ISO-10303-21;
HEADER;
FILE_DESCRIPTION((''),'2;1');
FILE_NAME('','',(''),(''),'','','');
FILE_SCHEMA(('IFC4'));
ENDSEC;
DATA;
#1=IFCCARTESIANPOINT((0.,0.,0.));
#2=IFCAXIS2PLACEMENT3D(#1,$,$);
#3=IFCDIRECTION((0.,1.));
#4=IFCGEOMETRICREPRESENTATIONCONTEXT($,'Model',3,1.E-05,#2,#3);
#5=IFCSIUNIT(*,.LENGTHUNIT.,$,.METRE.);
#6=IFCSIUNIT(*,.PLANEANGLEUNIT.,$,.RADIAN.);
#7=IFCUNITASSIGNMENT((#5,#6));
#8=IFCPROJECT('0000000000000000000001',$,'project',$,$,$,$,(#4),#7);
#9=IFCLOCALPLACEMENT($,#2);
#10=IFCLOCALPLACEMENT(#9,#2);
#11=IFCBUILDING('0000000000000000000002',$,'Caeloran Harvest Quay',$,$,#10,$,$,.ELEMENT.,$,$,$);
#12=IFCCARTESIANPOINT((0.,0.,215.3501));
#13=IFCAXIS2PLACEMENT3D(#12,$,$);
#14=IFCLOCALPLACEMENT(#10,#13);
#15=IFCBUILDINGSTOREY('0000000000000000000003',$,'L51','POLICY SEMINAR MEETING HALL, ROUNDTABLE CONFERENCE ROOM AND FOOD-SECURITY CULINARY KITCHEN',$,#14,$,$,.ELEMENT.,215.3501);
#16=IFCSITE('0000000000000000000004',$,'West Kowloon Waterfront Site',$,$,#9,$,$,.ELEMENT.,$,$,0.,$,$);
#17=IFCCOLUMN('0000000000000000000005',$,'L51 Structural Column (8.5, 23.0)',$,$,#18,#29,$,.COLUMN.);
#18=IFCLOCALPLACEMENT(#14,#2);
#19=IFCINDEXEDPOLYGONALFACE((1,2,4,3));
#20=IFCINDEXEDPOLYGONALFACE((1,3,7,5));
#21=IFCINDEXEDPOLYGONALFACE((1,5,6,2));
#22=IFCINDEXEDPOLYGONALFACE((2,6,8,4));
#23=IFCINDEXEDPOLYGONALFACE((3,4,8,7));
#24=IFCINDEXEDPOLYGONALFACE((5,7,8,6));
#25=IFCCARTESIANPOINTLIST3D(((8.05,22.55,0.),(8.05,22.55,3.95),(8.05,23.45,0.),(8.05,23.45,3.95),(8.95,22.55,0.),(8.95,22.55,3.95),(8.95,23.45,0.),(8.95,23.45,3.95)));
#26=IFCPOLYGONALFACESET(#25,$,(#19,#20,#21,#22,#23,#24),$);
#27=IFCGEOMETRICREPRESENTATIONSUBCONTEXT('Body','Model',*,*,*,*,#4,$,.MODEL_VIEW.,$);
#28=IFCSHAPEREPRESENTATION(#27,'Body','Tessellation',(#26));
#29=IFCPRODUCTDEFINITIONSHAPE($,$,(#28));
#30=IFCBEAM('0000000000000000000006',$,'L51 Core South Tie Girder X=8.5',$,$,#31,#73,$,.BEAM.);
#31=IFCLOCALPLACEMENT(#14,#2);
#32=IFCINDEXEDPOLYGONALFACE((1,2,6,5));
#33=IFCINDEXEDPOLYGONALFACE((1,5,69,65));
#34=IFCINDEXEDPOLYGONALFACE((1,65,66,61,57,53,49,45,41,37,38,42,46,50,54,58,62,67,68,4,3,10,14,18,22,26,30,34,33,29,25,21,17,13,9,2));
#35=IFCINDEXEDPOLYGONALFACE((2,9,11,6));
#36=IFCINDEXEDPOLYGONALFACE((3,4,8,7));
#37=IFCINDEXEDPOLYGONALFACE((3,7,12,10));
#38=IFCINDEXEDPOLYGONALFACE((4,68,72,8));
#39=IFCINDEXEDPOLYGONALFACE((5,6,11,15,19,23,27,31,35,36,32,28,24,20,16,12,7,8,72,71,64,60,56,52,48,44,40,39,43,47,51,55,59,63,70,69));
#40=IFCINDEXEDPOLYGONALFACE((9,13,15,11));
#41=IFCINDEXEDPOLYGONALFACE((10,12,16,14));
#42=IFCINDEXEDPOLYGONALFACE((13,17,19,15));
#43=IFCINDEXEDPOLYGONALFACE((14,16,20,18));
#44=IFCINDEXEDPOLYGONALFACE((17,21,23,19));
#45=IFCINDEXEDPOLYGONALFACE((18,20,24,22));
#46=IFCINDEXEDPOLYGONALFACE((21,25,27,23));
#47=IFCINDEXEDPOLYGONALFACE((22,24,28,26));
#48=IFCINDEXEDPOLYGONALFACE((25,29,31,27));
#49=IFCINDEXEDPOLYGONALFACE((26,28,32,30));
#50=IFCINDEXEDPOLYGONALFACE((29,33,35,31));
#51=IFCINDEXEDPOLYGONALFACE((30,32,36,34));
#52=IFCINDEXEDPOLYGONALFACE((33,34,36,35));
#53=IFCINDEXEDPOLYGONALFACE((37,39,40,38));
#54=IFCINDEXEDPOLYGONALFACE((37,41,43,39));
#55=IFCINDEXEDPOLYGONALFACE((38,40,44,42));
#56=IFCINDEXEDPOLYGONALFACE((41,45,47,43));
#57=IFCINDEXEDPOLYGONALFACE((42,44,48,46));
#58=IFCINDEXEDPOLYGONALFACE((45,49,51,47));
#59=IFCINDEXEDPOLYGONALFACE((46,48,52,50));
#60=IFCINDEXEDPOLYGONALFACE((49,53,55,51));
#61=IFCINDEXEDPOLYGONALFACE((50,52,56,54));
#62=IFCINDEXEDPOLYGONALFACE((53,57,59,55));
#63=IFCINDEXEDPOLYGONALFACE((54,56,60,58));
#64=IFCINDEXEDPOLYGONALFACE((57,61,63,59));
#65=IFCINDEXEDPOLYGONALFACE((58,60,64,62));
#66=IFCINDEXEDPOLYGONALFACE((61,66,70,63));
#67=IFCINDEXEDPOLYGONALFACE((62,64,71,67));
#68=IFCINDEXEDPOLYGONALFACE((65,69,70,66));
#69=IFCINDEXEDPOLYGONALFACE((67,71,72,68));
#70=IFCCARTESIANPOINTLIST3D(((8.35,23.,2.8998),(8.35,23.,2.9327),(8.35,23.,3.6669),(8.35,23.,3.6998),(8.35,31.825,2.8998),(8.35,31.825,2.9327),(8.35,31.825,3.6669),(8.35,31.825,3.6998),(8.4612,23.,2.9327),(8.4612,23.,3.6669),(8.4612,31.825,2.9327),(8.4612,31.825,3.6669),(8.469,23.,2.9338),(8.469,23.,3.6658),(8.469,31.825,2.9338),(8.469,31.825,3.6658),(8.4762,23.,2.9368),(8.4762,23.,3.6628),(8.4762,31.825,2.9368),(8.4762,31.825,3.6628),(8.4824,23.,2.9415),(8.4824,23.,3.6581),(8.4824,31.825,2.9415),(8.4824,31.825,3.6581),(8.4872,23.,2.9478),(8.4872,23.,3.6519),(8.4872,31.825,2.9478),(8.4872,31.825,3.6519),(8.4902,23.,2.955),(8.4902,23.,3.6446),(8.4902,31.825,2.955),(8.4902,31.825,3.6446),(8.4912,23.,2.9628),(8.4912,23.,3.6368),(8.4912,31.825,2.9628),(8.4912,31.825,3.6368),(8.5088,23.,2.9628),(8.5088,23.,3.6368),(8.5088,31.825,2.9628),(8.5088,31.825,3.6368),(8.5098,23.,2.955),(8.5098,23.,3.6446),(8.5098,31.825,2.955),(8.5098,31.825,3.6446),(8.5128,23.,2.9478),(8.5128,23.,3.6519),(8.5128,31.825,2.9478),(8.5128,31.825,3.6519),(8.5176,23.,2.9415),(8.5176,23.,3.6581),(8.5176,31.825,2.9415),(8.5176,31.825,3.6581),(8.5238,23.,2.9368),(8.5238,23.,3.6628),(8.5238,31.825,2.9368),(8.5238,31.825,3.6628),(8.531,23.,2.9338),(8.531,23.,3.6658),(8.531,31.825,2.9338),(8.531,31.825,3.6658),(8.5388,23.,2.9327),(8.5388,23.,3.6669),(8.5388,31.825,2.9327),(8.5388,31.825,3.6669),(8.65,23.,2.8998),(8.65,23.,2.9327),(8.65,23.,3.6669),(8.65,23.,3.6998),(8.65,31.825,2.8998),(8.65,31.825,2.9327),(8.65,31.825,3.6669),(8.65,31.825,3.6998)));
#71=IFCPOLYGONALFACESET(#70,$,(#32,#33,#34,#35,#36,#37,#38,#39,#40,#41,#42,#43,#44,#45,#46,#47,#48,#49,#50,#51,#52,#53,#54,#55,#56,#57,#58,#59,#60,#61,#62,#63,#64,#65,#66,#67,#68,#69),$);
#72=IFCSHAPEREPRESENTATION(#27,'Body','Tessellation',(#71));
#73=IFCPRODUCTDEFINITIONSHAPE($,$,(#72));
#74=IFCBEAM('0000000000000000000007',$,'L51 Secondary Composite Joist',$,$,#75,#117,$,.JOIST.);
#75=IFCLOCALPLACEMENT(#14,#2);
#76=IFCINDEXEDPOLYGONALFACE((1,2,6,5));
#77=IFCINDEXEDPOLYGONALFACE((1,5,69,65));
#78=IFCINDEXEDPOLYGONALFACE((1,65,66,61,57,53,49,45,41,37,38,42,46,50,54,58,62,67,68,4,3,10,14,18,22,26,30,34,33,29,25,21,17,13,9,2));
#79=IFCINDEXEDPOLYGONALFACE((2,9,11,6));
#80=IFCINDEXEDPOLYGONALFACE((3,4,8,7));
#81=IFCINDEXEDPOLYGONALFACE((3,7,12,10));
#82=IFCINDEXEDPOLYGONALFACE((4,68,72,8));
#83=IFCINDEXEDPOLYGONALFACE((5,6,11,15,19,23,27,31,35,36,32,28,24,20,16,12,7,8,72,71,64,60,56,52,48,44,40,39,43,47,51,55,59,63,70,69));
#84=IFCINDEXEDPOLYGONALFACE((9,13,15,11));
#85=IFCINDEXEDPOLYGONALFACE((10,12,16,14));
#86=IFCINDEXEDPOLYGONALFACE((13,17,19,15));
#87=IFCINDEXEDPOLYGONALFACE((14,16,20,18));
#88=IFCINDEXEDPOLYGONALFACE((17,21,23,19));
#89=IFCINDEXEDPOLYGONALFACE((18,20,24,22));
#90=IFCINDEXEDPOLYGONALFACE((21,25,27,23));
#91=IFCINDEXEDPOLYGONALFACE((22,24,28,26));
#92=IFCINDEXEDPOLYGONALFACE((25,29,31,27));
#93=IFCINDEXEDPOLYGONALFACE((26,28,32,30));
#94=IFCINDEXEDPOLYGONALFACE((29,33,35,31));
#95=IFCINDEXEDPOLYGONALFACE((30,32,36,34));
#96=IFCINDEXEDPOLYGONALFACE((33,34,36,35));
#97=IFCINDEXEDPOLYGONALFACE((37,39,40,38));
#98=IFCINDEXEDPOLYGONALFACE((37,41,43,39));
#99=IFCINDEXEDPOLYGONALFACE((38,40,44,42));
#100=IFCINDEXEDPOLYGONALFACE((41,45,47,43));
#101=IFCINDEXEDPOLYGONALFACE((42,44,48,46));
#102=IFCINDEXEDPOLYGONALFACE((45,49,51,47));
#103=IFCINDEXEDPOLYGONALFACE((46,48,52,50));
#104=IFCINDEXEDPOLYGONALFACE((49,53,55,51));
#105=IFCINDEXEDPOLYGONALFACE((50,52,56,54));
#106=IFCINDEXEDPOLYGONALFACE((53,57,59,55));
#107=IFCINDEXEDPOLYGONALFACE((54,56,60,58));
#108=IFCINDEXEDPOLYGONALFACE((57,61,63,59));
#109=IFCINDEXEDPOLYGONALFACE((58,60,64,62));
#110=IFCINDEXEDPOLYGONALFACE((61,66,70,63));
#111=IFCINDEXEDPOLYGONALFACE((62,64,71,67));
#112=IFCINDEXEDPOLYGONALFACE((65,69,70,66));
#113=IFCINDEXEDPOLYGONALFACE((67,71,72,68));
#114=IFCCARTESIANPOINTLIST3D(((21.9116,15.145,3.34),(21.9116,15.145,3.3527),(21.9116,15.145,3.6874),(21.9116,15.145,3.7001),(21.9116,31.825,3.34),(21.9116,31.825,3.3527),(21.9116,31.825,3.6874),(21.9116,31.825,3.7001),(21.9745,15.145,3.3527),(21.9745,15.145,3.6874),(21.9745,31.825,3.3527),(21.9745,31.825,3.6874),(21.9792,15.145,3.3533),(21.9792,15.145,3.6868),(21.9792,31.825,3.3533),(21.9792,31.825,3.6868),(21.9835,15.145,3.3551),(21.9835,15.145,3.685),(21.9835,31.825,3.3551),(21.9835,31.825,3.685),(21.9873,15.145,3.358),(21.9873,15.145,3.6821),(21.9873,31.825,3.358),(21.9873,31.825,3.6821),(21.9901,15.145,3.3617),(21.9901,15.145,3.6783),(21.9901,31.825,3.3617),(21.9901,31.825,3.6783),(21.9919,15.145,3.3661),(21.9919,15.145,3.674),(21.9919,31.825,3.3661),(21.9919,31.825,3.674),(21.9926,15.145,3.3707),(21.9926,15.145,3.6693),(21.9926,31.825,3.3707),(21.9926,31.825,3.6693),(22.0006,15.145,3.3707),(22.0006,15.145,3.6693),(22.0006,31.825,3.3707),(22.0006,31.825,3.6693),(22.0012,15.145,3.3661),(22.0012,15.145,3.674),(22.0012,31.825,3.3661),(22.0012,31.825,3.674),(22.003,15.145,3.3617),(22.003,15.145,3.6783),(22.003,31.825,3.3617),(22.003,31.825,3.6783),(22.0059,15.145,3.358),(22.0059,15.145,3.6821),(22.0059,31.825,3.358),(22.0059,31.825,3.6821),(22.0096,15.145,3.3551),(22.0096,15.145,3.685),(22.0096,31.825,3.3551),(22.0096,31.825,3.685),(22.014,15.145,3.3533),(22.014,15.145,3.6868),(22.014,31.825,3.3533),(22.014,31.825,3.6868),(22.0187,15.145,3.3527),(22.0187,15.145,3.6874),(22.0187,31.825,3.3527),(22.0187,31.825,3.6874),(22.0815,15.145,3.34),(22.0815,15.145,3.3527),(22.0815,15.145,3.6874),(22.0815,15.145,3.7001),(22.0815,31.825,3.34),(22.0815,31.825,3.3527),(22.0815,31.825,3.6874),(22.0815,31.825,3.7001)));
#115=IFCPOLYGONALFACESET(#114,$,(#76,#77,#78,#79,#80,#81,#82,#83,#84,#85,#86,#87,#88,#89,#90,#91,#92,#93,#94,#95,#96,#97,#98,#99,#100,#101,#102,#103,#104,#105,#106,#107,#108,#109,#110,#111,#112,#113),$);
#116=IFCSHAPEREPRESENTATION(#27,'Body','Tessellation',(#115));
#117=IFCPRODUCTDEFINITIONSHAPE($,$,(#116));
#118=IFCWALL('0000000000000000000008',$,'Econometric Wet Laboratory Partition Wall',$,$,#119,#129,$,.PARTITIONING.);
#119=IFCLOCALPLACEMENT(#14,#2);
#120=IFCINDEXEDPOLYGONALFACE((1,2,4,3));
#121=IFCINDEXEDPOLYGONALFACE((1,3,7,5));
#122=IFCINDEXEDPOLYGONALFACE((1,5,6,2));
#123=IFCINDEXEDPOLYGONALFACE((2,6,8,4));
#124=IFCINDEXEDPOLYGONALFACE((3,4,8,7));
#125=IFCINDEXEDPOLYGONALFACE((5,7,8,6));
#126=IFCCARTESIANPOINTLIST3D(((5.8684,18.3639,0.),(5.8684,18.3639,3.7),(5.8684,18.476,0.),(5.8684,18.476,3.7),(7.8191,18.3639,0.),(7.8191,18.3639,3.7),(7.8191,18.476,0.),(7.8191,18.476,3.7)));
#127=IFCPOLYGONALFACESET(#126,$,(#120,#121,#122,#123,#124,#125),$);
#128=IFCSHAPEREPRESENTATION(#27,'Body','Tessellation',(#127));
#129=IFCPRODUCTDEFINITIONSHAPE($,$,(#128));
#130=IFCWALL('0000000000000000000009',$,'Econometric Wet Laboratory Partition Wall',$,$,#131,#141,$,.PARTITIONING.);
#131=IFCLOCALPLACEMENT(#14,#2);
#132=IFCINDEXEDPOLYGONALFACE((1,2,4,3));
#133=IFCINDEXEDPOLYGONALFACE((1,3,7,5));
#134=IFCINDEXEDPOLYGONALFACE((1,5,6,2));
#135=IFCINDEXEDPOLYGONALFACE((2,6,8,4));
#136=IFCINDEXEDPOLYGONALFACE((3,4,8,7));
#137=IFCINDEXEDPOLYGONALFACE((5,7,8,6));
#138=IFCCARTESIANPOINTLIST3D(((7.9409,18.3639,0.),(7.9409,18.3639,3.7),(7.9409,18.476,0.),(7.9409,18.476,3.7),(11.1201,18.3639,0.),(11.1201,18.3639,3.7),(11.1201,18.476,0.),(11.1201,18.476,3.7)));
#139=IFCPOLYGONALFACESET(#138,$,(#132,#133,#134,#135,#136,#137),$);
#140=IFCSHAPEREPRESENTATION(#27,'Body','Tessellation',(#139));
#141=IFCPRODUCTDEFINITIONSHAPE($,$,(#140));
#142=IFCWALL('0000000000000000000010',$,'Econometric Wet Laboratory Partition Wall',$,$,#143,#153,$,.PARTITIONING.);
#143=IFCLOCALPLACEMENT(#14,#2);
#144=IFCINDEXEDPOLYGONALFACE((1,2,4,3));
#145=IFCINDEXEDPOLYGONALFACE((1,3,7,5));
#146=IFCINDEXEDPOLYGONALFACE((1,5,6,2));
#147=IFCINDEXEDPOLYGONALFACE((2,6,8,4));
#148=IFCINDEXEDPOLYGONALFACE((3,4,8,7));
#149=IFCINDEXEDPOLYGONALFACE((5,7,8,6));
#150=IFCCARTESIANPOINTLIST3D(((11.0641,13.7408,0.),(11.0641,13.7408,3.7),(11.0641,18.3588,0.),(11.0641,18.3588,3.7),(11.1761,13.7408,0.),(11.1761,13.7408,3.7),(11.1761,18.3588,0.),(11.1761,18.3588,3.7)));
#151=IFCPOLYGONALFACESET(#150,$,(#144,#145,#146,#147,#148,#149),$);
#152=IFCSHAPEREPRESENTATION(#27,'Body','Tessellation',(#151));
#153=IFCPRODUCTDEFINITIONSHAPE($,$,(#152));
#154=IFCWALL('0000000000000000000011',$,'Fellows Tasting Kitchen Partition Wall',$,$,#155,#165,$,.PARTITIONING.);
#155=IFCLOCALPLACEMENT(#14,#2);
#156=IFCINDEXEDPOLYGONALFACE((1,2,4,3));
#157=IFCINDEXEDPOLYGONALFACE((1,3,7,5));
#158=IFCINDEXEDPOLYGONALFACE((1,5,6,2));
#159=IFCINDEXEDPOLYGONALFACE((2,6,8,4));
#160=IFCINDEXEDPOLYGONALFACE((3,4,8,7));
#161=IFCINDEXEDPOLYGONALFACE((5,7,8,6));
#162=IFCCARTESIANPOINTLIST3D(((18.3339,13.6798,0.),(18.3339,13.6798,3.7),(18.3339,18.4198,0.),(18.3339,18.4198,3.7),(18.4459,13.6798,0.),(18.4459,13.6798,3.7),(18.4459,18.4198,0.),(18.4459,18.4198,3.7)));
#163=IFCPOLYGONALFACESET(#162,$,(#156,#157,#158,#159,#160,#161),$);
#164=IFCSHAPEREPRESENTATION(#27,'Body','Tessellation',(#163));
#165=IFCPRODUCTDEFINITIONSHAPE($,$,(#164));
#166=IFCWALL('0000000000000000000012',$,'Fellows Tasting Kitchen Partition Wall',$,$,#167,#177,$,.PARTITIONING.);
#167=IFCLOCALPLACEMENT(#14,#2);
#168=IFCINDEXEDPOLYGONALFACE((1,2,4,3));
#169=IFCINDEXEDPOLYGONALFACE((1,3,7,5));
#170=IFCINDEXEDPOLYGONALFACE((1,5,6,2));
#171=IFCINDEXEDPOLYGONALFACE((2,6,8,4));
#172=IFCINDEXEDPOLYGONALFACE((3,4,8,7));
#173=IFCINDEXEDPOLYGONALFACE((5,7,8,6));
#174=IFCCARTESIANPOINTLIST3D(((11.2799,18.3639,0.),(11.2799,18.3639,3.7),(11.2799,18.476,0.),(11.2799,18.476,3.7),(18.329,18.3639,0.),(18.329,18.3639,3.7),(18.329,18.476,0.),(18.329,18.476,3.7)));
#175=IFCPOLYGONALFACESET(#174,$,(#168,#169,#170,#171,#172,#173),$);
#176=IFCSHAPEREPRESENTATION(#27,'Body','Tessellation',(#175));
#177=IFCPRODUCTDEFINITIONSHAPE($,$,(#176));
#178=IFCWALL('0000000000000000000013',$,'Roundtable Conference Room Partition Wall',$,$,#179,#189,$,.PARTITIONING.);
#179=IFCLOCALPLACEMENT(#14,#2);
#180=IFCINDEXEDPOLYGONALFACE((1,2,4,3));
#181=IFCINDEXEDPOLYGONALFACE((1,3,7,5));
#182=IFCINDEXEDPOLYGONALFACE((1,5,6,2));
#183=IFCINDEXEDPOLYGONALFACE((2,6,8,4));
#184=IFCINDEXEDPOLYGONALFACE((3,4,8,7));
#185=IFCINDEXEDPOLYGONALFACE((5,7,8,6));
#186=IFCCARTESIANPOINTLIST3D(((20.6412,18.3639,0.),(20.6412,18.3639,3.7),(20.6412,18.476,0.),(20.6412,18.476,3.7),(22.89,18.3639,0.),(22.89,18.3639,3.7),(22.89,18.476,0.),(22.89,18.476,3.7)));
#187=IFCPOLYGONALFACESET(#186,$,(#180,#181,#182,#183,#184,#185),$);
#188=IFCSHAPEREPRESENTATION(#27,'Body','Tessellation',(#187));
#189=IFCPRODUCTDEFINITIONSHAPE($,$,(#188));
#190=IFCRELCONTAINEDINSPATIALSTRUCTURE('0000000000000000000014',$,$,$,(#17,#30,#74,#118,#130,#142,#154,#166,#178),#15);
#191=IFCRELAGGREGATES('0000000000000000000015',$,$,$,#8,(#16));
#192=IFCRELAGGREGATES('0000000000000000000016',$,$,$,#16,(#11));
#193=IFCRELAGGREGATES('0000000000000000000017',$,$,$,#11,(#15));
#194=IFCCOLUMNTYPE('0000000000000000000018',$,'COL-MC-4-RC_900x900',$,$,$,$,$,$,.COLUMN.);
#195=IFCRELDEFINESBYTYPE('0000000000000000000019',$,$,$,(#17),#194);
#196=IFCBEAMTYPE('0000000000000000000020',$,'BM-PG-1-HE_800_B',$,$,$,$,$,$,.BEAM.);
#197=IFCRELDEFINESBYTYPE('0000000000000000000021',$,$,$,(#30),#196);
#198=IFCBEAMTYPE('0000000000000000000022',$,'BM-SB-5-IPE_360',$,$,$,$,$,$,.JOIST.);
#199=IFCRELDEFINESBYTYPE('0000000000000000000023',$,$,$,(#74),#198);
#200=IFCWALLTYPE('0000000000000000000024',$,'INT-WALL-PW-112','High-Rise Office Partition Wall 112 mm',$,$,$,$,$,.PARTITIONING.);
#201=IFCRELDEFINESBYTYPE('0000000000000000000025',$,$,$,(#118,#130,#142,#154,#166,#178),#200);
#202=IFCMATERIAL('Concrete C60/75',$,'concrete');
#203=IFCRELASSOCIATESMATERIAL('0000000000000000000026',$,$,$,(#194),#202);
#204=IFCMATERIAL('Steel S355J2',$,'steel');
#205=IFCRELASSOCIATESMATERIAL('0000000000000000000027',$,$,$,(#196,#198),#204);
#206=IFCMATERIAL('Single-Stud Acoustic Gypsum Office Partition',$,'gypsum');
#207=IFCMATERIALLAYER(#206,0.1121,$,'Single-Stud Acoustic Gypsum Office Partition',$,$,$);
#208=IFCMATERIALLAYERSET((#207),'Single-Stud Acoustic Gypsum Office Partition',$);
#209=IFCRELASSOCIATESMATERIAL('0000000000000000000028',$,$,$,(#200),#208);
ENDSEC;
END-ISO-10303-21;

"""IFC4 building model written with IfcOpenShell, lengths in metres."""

from ifc_helpers import new_model, si_unit, direction, frame, frame_2d, origin, origin_2d, place, context, subcontext, project, spatial, rectangle, i_section, extrude, material, layer, layer_set, material_profile, profile_set, type_object, element, save


model = new_model("IFC4")

# Units and contexts
model_context = context("Model", 3, precision=1e-05, world=origin(), true_north=direction((0.0, 1.0)))
body_context = subcontext(model_context, "Body", "Model", "MODEL_VIEW")
ifc_project = project(units=[si_unit("LENGTHUNIT", "METRE"), si_unit("PLANEANGLEUNIT", "RADIAN")], contexts=[model_context])

# Site, building, storey
site_placement = place(None, origin())
site = spatial("IfcSite", under=ifc_project, at=site_placement, Name="West Kowloon Waterfront Site", CompositionType="ELEMENT", RefElevation=0.0)
building_placement = place(site_placement, origin())
building = spatial("IfcBuilding", under=site, at=building_placement, Name="Caeloran Harvest Quay", CompositionType="ELEMENT")
storey_placement = place(building_placement, frame((0.0, 0.0, 215.3501)))
storey = spatial("IfcBuildingStorey", under=building, at=storey_placement, Name="L51", Description="POLICY SEMINAR MEETING HALL, ROUNDTABLE CONFERENCE ROOM AND FOOD-SECURITY CULINARY KITCHEN", CompositionType="ELEMENT", Elevation=215.3501)

# Column
ifc_material_1 = material(Name="Concrete C60/75", Category="concrete")
ifc_material_profile_1 = material_profile(ifc_material_1, rectangle(XDim=0.8999, YDim=0.8999, at=origin_2d()), Name="RC 900x900")
ifc_profile_set_1 = profile_set([ifc_material_profile_1], Name="Concrete C60/75")
column_type = type_object("IfcColumnType", Name="COL-MC-4-RC_900x900", PredefinedType="COLUMN", material=ifc_profile_set_1)
column_placement = place(storey_placement, frame((8.5, 23.0, 0.0), z_axis=(0.0, 0.0, 1.0), x_axis=(1.0, 0.0, 0.0)))
element("IfcColumn", 1, at=column_placement, inside=storey, type_object=column_type, Name="L51 Structural Column (8.5, 23.0)", PredefinedType="COLUMN", context=body_context, shape_type="SweptSolid", body=[
    extrude(rectangle(XDim=0.8999, YDim=0.8999, at=origin_2d()), origin(), (0.0, 0.0, 1.0), 3.95),
])

# Beams
ifc_material_2 = material(Name="Steel S355J2", Category="steel")
ifc_material_profile_2 = material_profile(ifc_material_2, i_section(OverallWidth=0.3, OverallDepth=0.8, WebThickness=0.0176, FlangeThickness=0.033, FilletRadius=0.03, at=origin_2d()), Name="HE 800 B")
ifc_profile_set_2 = profile_set([ifc_material_profile_2], Name="Steel S355J2")
beam_type_1 = type_object("IfcBeamType", Name="BM-PG-1-HE_800_B", PredefinedType="BEAM", material=ifc_profile_set_2)
beam_1_placement = place(storey_placement, frame((8.5, 23.0, 3.2998), z_axis=(0.0, 1.0, 0.0), x_axis=(-1.0, 0.0, 0.0)))
element("IfcBeam", 2, at=beam_1_placement, inside=storey, type_object=beam_type_1, Name="L51 Core South Tie Girder X=8.5", PredefinedType="BEAM", context=body_context, shape_type="SweptSolid", body=[
    extrude(i_section(OverallWidth=0.3, OverallDepth=0.8, WebThickness=0.0176, FlangeThickness=0.033, FilletRadius=0.03, at=origin_2d()), origin(), (0.0, 0.0, 1.0), 8.825),
])
ifc_material_profile_3 = material_profile(ifc_material_2, i_section(OverallWidth=0.1699, OverallDepth=0.3601, WebThickness=0.0081, FlangeThickness=0.0127, FilletRadius=0.0181, at=origin_2d()), Name="IPE 360")
ifc_profile_set_3 = profile_set([ifc_material_profile_3], Name="Steel S355J2")
beam_type_2 = type_object("IfcBeamType", Name="BM-SB-5-IPE_360", PredefinedType="JOIST", material=ifc_profile_set_3)
beam_2_placement = place(storey_placement, frame((21.9966, 15.145, 3.52), z_axis=(0.0, 1.0, 0.0), x_axis=(-1.0, 0.0, 0.0)))
element("IfcBeam", 3, at=beam_2_placement, inside=storey, type_object=beam_type_2, Name="L51 Secondary Composite Joist", PredefinedType="JOIST", context=body_context, shape_type="SweptSolid", body=[
    extrude(i_section(OverallWidth=0.1699, OverallDepth=0.3601, WebThickness=0.0081, FlangeThickness=0.0127, FilletRadius=0.0181, at=origin_2d()), origin(), (0.0, 0.0, 1.0), 16.6799),
])

# Walls
ifc_material_3 = material(Name="Single-Stud Acoustic Gypsum Office Partition", Category="gypsum")
ifc_layer_1 = layer(ifc_material_3, 0.1121, Name="Single-Stud Acoustic Gypsum Office Partition")
ifc_layer_set_1 = layer_set([ifc_layer_1], Name="Single-Stud Acoustic Gypsum Office Partition")
wall_type_1 = type_object("IfcWallType", Name="INT-WALL-PW-112", Description="High-Rise Office Partition Wall 112 mm", PredefinedType="PARTITIONING", material=ifc_layer_set_1)
wall_1_placement = place(storey_placement, frame((5.8684, 18.4199, 0.0), z_axis=(0.0, 0.0, 1.0), x_axis=(1.0, 0.0, 0.0)))
element("IfcWall", 4, at=wall_1_placement, inside=storey, type_object=wall_type_1, Name="Econometric Wet Laboratory Partition Wall", PredefinedType="PARTITIONING", context=body_context, shape_type="SweptSolid", body=[
    extrude(rectangle(XDim=1.9507, YDim=0.1121, at=frame_2d((0.9753, 0.0))), origin(), (0.0, 0.0, 1.0), 3.7),
])
wall_2_placement = place(storey_placement, frame((7.9409, 18.4199, 0.0), z_axis=(0.0, 0.0, 1.0), x_axis=(1.0, 0.0, 0.0)))
element("IfcWall", 5, at=wall_2_placement, inside=storey, type_object=wall_type_1, Name="Econometric Wet Laboratory Partition Wall", PredefinedType="PARTITIONING", context=body_context, shape_type="SweptSolid", body=[
    extrude(rectangle(XDim=3.1792, YDim=0.1121, at=frame_2d((1.5896, 0.0))), origin(), (0.0, 0.0, 1.0), 3.7),
])
wall_3_placement = place(storey_placement, frame((11.1201, 18.3589, 0.0), z_axis=(0.0, 0.0, 1.0), x_axis=(0.0, -1.0, 0.0)))
element("IfcWall", 6, at=wall_3_placement, inside=storey, type_object=wall_type_1, Name="Econometric Wet Laboratory Partition Wall", PredefinedType="PARTITIONING", context=body_context, shape_type="SweptSolid", body=[
    extrude(rectangle(XDim=4.6179, YDim=0.1121, at=frame_2d((2.3091, 0.0))), origin(), (0.0, 0.0, 1.0), 3.7),
])
wall_4_placement = place(storey_placement, frame((18.3899, 18.4199, 0.0), z_axis=(0.0, 0.0, 1.0), x_axis=(0.0, -1.0, 0.0)))
element("IfcWall", 7, at=wall_4_placement, inside=storey, type_object=wall_type_1, Name="Fellows Tasting Kitchen Partition Wall", PredefinedType="PARTITIONING", context=body_context, shape_type="SweptSolid", body=[
    extrude(rectangle(XDim=4.74, YDim=0.1121, at=frame_2d((2.3701, 0.0))), origin(), (0.0, 0.0, 1.0), 3.7),
])
wall_5_placement = place(storey_placement, frame((11.28, 18.4199, 0.0), z_axis=(0.0, 0.0, 1.0), x_axis=(1.0, 0.0, 0.0)))
element("IfcWall", 8, at=wall_5_placement, inside=storey, type_object=wall_type_1, Name="Fellows Tasting Kitchen Partition Wall", PredefinedType="PARTITIONING", context=body_context, shape_type="SweptSolid", body=[
    extrude(rectangle(XDim=7.0491, YDim=0.1121, at=frame_2d((3.5244, 0.0))), origin(), (0.0, 0.0, 1.0), 3.7),
])
wall_6_placement = place(storey_placement, frame((20.6411, 18.4199, 0.0), z_axis=(0.0, 0.0, 1.0), x_axis=(1.0, 0.0, 0.0)))
element("IfcWall", 9, at=wall_6_placement, inside=storey, type_object=wall_type_1, Name="Roundtable Conference Room Partition Wall", PredefinedType="PARTITIONING", context=body_context, shape_type="SweptSolid", body=[
    extrude(rectangle(XDim=2.2488, YDim=0.1121, at=frame_2d((1.1245, 0.0))), origin(), (0.0, 0.0, 1.0), 3.7),
])

save(model, "model.ifc")
